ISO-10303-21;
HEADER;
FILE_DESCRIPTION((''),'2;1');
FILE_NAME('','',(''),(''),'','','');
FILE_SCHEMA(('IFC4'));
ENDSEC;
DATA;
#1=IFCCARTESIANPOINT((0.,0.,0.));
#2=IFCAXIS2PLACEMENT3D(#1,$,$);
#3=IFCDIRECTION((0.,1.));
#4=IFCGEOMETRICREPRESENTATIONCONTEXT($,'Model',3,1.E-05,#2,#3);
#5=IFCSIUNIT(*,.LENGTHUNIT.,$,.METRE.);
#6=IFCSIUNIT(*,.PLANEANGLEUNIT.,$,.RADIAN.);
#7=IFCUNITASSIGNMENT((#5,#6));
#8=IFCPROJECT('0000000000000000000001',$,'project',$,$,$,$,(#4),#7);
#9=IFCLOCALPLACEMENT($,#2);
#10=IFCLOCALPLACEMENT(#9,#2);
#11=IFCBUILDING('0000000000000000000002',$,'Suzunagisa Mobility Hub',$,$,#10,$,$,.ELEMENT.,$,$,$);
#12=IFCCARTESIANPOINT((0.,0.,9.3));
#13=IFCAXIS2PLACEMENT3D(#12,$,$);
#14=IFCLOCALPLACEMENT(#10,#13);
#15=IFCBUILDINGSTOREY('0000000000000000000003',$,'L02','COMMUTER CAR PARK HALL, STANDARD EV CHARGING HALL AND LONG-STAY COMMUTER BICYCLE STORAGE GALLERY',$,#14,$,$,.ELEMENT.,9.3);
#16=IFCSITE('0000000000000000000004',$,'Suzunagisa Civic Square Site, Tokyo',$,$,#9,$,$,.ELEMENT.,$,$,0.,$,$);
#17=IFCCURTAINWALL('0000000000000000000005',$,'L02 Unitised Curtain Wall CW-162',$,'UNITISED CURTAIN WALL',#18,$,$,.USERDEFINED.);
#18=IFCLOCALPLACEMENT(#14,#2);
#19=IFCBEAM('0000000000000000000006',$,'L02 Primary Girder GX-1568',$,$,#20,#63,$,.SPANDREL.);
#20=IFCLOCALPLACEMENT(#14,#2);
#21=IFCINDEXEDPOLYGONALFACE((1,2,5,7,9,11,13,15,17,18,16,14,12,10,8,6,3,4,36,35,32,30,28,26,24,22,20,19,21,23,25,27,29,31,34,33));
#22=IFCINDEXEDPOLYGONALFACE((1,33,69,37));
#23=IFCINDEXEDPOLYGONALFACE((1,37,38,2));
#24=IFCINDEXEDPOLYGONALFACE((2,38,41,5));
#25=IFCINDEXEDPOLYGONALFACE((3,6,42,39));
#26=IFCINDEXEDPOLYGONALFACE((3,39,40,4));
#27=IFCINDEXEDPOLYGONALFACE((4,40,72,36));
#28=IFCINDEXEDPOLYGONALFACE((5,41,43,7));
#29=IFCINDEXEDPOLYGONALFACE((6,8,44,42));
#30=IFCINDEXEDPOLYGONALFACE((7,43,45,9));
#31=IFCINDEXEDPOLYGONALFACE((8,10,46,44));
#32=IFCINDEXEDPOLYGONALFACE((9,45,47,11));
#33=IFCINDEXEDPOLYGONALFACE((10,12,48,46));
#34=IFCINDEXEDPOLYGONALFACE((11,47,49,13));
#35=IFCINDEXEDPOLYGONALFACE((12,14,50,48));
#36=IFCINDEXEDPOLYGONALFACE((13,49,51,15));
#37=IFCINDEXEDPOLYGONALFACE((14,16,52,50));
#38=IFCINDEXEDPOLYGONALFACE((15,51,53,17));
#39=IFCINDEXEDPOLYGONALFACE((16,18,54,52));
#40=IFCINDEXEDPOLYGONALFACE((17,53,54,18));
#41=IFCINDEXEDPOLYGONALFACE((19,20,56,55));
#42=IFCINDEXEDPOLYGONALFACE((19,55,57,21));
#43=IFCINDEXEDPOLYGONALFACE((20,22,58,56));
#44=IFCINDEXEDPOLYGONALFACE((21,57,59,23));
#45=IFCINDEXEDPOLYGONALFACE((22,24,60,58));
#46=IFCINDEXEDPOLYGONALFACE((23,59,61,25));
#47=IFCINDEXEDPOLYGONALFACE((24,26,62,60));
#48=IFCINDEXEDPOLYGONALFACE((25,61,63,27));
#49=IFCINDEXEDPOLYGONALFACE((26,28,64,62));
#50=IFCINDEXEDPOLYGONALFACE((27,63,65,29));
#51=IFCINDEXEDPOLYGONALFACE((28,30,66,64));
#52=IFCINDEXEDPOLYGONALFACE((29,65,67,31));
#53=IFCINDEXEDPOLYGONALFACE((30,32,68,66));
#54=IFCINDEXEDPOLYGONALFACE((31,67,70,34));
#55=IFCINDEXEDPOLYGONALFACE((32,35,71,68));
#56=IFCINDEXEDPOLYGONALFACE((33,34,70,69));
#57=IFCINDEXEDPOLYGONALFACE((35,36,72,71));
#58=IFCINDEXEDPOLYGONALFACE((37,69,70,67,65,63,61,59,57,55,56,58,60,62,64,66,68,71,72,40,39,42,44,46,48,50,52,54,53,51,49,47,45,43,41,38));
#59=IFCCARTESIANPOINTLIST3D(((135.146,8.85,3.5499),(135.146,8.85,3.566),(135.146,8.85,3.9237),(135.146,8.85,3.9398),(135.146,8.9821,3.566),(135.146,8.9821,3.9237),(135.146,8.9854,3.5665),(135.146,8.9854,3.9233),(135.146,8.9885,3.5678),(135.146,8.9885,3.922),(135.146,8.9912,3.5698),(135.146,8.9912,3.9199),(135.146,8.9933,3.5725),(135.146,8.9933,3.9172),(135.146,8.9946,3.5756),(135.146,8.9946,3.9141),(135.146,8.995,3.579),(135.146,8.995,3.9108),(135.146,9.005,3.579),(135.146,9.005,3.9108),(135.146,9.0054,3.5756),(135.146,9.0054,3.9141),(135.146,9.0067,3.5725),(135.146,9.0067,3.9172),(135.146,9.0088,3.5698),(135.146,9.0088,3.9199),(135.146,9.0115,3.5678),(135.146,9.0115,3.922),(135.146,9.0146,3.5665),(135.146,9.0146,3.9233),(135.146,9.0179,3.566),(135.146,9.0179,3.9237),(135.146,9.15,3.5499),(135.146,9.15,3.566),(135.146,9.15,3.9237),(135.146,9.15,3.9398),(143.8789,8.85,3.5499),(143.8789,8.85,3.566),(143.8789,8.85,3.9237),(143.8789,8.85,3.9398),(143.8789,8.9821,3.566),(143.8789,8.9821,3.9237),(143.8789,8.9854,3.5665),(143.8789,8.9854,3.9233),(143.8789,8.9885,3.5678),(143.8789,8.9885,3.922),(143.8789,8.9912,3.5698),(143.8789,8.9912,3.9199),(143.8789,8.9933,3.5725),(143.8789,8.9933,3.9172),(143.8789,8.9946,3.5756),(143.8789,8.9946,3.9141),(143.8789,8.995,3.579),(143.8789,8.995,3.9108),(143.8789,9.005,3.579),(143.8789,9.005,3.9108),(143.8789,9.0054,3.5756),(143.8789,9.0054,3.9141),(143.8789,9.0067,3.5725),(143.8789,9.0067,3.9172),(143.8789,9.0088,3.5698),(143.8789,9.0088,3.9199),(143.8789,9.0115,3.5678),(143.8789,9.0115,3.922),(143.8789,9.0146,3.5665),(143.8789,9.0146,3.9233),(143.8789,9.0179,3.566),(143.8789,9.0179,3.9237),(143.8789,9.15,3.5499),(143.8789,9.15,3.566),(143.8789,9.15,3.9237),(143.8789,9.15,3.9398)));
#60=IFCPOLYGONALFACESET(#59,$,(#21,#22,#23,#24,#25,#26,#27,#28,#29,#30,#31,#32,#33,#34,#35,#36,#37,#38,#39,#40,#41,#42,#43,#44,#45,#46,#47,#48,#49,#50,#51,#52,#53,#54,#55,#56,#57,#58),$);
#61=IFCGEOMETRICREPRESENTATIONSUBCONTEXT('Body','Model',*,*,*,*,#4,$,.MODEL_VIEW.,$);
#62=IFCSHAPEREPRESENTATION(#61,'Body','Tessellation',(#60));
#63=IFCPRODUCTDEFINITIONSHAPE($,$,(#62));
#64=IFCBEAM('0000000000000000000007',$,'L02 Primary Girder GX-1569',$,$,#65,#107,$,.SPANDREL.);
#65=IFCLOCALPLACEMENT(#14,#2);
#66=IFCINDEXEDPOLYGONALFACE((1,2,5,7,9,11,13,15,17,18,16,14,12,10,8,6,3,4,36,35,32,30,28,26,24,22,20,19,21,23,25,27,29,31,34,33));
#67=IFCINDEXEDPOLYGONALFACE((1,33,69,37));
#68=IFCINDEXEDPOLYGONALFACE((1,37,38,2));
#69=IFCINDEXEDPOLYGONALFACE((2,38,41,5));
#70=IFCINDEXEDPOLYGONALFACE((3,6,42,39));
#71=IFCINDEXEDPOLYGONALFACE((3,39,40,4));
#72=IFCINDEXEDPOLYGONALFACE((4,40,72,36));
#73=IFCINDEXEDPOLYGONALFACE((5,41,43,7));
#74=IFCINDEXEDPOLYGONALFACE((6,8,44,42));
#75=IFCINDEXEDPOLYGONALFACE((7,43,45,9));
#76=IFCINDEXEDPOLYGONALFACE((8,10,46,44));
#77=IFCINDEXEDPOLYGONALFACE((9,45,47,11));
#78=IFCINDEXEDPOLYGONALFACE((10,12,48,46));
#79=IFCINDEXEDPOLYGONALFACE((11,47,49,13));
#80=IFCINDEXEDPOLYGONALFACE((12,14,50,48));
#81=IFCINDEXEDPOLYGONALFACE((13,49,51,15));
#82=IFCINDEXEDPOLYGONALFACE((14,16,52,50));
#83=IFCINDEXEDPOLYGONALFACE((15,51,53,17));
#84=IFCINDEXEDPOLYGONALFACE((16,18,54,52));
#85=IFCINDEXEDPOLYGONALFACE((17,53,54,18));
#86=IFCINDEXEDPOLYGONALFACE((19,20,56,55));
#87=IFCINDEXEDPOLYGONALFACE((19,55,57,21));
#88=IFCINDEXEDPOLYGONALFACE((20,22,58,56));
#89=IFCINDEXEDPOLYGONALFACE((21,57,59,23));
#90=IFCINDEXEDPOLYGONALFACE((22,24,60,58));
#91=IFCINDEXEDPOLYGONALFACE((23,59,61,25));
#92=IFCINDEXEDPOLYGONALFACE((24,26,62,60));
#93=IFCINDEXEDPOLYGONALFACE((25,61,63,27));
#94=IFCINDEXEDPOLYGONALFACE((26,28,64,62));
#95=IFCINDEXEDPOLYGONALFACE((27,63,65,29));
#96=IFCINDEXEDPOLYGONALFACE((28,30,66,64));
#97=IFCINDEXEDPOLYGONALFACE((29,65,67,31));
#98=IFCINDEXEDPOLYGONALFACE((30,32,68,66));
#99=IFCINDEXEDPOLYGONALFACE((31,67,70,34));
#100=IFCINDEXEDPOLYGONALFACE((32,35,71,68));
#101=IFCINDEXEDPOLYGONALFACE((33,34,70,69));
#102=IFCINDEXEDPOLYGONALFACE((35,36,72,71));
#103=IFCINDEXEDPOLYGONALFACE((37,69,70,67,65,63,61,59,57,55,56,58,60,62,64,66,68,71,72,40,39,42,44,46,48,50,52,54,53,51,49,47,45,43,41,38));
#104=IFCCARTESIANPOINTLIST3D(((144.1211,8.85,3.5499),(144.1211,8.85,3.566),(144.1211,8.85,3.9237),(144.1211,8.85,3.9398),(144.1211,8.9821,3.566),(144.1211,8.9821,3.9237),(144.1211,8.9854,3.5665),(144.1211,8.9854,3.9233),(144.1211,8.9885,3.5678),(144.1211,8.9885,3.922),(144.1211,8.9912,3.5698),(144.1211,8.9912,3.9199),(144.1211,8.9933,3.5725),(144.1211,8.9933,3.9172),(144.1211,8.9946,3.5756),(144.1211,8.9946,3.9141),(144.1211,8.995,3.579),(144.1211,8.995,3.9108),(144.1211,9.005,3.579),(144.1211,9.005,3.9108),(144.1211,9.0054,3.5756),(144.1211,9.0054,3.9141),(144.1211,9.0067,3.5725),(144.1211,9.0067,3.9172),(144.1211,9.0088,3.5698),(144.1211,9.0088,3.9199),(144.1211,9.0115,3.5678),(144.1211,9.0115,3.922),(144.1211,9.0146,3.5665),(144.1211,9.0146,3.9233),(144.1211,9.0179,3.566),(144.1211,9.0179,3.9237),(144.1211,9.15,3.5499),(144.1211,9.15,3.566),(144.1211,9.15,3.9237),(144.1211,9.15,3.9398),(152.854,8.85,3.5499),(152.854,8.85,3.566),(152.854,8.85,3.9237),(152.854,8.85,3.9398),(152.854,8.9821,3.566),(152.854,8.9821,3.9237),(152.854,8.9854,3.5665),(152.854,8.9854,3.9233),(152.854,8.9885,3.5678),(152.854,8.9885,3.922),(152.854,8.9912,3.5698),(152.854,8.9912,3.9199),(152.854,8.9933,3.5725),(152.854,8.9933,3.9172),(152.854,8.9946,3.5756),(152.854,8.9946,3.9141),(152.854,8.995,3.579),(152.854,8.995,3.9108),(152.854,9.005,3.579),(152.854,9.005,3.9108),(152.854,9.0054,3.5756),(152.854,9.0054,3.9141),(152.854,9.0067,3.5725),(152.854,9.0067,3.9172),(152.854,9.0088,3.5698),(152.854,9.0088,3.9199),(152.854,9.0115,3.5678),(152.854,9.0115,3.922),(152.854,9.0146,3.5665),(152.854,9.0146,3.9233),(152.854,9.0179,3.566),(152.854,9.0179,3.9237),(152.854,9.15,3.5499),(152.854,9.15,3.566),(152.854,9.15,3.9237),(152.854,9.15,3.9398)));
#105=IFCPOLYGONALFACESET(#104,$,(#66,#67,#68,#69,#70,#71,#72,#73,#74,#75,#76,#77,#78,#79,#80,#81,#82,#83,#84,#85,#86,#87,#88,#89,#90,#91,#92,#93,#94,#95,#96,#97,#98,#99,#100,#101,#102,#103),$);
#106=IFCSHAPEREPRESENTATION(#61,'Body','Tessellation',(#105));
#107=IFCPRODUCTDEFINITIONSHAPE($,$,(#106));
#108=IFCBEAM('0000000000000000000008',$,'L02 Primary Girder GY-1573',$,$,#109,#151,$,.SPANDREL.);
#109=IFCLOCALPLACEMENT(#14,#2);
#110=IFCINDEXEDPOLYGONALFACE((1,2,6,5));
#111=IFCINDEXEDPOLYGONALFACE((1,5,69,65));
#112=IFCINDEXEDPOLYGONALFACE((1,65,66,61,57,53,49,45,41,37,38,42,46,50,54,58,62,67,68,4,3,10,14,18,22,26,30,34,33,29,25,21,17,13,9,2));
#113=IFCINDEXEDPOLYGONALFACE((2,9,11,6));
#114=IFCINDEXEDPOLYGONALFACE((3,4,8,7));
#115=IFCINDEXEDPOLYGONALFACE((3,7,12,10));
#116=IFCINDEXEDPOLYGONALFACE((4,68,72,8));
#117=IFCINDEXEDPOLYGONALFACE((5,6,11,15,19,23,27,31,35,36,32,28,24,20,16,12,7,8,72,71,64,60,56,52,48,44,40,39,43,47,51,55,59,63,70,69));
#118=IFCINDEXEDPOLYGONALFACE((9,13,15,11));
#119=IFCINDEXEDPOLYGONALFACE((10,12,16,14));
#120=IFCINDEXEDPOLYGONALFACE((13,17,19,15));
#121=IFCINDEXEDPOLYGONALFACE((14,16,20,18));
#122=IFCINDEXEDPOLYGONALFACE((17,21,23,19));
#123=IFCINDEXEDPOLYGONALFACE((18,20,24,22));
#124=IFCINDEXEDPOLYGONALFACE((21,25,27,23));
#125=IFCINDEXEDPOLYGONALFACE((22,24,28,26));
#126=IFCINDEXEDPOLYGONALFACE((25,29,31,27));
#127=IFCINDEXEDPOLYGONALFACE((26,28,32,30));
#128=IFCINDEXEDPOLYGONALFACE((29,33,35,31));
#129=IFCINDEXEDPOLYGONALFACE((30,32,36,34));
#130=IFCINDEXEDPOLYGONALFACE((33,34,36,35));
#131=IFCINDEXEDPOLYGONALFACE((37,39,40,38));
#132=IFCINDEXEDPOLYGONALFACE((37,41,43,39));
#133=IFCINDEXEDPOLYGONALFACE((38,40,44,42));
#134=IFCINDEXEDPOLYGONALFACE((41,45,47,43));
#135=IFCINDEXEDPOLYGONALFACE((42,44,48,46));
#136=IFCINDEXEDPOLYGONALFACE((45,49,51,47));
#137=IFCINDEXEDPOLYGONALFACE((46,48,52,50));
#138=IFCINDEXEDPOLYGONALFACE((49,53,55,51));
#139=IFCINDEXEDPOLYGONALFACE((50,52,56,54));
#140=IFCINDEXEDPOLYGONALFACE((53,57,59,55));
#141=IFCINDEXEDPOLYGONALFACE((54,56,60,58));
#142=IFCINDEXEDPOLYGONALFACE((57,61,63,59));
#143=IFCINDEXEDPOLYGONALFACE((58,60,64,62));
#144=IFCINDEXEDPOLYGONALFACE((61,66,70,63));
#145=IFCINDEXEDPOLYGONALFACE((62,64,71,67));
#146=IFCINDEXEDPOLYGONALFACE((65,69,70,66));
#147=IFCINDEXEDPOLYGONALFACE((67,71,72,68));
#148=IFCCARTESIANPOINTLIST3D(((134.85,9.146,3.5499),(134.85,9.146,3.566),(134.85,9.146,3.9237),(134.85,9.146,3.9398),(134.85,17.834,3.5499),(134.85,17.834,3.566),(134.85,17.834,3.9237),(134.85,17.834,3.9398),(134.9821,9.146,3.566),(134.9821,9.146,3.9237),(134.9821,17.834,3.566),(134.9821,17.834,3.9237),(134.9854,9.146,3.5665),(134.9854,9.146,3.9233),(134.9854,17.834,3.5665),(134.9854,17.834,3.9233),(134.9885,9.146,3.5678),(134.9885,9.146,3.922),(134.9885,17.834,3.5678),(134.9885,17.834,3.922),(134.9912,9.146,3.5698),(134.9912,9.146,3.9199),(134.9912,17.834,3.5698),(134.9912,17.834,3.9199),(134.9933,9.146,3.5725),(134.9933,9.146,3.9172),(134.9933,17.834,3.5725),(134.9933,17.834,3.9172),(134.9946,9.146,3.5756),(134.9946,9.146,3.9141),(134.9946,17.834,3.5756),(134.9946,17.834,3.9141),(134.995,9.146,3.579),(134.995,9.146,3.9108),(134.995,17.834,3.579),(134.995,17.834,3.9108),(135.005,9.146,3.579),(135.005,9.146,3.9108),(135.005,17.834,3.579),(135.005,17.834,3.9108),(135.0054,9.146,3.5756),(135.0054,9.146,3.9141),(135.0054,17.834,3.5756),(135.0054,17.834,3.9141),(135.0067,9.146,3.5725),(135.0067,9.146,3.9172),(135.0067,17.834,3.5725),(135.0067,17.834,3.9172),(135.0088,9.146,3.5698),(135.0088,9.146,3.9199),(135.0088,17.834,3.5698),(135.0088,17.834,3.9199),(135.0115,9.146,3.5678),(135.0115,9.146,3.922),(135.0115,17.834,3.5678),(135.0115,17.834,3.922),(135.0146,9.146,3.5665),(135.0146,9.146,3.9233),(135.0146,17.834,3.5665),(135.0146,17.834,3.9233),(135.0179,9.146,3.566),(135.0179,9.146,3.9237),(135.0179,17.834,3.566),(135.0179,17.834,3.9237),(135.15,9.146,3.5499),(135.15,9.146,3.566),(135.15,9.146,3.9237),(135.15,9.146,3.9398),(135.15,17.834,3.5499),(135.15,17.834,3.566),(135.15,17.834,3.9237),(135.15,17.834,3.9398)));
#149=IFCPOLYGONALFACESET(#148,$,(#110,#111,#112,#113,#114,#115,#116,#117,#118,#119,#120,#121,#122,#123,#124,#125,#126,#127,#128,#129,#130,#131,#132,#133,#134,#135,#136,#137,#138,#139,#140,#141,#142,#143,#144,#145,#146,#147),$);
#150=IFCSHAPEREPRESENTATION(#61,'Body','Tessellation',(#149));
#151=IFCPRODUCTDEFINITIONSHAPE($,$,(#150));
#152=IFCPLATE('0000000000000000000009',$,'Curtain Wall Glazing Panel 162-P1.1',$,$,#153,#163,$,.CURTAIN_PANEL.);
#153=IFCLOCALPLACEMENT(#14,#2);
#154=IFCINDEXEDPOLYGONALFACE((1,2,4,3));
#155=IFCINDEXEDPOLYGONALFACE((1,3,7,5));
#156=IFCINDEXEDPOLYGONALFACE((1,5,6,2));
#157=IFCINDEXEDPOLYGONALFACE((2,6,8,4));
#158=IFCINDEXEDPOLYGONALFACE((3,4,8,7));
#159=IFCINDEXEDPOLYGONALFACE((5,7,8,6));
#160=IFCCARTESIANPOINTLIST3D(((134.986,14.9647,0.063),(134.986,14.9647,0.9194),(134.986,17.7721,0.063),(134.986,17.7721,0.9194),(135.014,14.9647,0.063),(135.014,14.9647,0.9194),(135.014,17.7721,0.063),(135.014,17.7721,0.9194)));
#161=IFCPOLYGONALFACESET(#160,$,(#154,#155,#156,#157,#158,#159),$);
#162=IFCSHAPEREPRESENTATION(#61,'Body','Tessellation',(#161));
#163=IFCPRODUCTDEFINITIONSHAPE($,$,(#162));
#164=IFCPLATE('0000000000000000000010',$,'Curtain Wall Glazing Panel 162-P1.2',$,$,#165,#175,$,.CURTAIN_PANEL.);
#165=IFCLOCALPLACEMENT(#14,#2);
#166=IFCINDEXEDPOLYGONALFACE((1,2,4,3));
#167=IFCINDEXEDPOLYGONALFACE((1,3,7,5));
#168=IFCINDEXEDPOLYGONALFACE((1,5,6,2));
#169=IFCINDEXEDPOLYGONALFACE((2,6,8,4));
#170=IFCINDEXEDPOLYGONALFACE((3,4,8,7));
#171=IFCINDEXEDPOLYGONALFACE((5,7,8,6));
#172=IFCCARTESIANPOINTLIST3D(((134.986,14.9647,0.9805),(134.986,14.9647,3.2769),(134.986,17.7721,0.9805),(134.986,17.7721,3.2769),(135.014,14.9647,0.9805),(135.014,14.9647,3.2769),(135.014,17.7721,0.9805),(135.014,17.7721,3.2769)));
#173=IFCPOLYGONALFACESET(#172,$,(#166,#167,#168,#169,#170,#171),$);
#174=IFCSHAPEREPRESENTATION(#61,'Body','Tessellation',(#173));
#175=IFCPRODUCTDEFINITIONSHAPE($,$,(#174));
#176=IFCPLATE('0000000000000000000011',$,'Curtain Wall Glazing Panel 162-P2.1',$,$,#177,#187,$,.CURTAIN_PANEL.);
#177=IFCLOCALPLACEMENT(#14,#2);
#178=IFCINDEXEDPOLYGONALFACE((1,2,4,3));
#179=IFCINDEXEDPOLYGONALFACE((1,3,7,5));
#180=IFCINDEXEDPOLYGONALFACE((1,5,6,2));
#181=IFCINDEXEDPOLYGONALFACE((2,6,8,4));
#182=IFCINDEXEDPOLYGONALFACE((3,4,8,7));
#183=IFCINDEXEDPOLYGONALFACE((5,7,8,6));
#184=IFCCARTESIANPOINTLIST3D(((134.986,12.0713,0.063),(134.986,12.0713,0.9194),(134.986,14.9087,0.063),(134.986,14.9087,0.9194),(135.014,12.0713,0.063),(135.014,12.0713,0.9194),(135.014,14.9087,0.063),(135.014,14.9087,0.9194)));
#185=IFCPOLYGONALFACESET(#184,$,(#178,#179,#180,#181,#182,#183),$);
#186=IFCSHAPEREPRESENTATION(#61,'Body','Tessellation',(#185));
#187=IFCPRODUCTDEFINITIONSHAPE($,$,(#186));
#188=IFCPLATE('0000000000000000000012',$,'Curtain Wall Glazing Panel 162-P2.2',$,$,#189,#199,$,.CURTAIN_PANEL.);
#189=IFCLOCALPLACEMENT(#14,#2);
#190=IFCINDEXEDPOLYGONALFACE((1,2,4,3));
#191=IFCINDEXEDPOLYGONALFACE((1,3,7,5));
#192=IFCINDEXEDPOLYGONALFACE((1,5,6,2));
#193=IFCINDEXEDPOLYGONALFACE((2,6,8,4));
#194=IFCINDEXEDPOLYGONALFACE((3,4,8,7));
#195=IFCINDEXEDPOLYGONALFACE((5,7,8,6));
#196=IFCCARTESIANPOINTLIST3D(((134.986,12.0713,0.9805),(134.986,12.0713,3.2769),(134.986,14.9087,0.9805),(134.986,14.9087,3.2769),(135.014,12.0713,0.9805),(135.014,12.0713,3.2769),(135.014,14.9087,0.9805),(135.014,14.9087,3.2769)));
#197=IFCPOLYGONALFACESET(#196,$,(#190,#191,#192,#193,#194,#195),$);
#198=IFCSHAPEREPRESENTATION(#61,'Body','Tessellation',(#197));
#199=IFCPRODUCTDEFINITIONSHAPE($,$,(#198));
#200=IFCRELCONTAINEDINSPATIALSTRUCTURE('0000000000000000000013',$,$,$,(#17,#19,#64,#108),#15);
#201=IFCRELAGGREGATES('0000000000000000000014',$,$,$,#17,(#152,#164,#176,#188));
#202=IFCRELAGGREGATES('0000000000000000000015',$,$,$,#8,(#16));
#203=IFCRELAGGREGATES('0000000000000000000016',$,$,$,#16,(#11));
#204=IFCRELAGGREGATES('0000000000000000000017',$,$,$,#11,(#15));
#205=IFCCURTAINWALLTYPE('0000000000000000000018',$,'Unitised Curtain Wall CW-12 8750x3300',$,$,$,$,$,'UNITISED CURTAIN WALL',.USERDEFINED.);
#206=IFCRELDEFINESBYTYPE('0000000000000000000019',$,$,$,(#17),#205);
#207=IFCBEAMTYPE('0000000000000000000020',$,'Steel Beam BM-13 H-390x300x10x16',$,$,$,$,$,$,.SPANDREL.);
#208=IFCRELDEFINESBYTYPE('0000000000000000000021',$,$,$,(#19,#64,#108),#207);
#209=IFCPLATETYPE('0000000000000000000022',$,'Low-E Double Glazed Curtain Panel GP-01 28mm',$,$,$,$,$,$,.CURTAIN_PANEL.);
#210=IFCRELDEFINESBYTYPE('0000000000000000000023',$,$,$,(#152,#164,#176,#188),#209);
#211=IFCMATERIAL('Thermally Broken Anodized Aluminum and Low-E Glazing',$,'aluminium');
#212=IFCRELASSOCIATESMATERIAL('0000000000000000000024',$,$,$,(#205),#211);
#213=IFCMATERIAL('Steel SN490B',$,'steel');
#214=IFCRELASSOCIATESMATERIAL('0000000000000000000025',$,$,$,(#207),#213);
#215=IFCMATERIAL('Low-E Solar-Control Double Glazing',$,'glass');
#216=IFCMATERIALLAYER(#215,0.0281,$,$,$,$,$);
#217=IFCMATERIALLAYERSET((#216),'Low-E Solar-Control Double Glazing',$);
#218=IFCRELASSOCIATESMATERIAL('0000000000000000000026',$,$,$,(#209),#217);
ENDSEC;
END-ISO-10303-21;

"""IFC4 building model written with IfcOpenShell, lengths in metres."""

from ifc_helpers import new_model, si_unit, direction, frame, origin, origin_2d, place, context, subcontext, project, spatial, rectangle, i_section, extrude, material, layer, layer_set, material_profile, profile_set, type_object, element, aggregate, save


model = new_model("IFC4")

# Units and contexts
model_context = context("Model", 3, precision=1e-05, world=origin(), true_north=direction((0.0, 1.0)))
body_context = subcontext(model_context, "Body", "Model", "MODEL_VIEW")
ifc_project = project(units=[si_unit("LENGTHUNIT", "METRE"), si_unit("PLANEANGLEUNIT", "RADIAN")], contexts=[model_context])

# Site, building, storey
site_placement = place(None, origin())
site = spatial("IfcSite", under=ifc_project, at=site_placement, Name="Suzunagisa Civic Square Site, Tokyo", CompositionType="ELEMENT", RefElevation=0.0)
building_placement = place(site_placement, origin())
building = spatial("IfcBuilding", under=site, at=building_placement, Name="Suzunagisa Mobility Hub", CompositionType="ELEMENT")
storey_placement = place(building_placement, frame((0.0, 0.0, 9.3)))
storey = spatial("IfcBuildingStorey", under=building, at=storey_placement, Name="L02", Description="COMMUTER CAR PARK HALL, STANDARD EV CHARGING HALL AND LONG-STAY COMMUTER BICYCLE STORAGE GALLERY", CompositionType="ELEMENT", Elevation=9.3)

# Shared definitions
ifc_material_1 = material(Name="Steel SN490B", Category="steel")

# Curtain wall
ifc_material_2 = material(Name="Thermally Broken Anodized Aluminum and Low-E Glazing", Category="aluminium")
curtain_wall_type = type_object("IfcCurtainWallType", Name="Unitised Curtain Wall CW-12 8750x3300", ElementType="UNITISED CURTAIN WALL", PredefinedType="USERDEFINED", material=ifc_material_2)
curtain_wall_placement = place(storey_placement, origin())
curtain_wall = element("IfcCurtainWall", 1, at=curtain_wall_placement, inside=storey, type_object=curtain_wall_type, Name="L02 Unitised Curtain Wall CW-162", ObjectType="UNITISED CURTAIN WALL", PredefinedType="USERDEFINED")

# Beams
ifc_material_profile_1 = material_profile(ifc_material_1, i_section(OverallWidth=0.3, OverallDepth=0.3899, WebThickness=0.01, FlangeThickness=0.0161, FilletRadius=0.0129, at=origin_2d()), Name="H-390x300x10x16")
ifc_profile_set_1 = profile_set([ifc_material_profile_1], Name="Steel SN490B")
beam_type_1 = type_object("IfcBeamType", Name="Steel Beam BM-13 H-390x300x10x16", PredefinedType="SPANDREL", material=ifc_profile_set_1)
for number, where, z_axis, x_axis, name in (
    (2, (135.146, 9.0, 3.7449), (1.0, 0.0, 0.0), (0.0, 1.0, 0.0), "L02 Primary Girder GX-1568"),
    (3, (144.1211, 9.0, 3.7449), (1.0, 0.0, 0.0), (0.0, 1.0, 0.0), "L02 Primary Girder GX-1569"),
):
    element("IfcBeam", number, at=place(storey_placement, frame(where, z_axis=z_axis, x_axis=x_axis)), inside=storey, type_object=beam_type_1, Name=name, PredefinedType="SPANDREL", context=body_context, shape_type="SweptSolid", body=[
        extrude(i_section(OverallWidth=0.3, OverallDepth=0.3899, WebThickness=0.01, FlangeThickness=0.0161, FilletRadius=0.0129, at=origin_2d()), origin(), (0.0, 0.0, 1.0), 8.7329),
    ])
beam_1_placement = place(storey_placement, frame((135.0, 9.146, 3.7449), z_axis=(0.0, 1.0, 0.0), x_axis=(-1.0, 0.0, 0.0)))
element("IfcBeam", 4, at=beam_1_placement, inside=storey, type_object=beam_type_1, Name="L02 Primary Girder GY-1573", PredefinedType="SPANDREL", context=body_context, shape_type="SweptSolid", body=[
    extrude(i_section(OverallWidth=0.3, OverallDepth=0.3899, WebThickness=0.01, FlangeThickness=0.0161, FilletRadius=0.0129, at=origin_2d()), origin(), (0.0, 0.0, 1.0), 8.688),
])

# Plates
ifc_material_3 = material(Name="Low-E Solar-Control Double Glazing", Category="glass")
ifc_layer_1 = layer(ifc_material_3, 0.0281)
ifc_layer_set_1 = layer_set([ifc_layer_1], Name="Low-E Solar-Control Double Glazing")
plate_type_1 = type_object("IfcPlateType", Name="Low-E Double Glazed Curtain Panel GP-01 28mm", PredefinedType="CURTAIN_PANEL", material=ifc_layer_set_1)
plate_1_placement = place(storey_placement, frame((135.0, 16.3684, 0.063), z_axis=(0.0, 0.0, 1.0), x_axis=(0.0, -1.0, 0.0)))
plate_1 = element("IfcPlate", 5, at=plate_1_placement, type_object=plate_type_1, Name="Curtain Wall Glazing Panel 162-P1.1", PredefinedType="CURTAIN_PANEL", context=body_context, shape_type="SweptSolid", body=[
    extrude(rectangle(XDim=2.8074, YDim=0.0281, at=origin_2d()), origin(), (0.0, 0.0, 1.0), 0.8564),
])
plate_2_placement = place(storey_placement, frame((135.0, 16.3684, 0.9805), z_axis=(0.0, 0.0, 1.0), x_axis=(0.0, -1.0, 0.0)))
plate_2 = element("IfcPlate", 6, at=plate_2_placement, type_object=plate_type_1, Name="Curtain Wall Glazing Panel 162-P1.2", PredefinedType="CURTAIN_PANEL", context=body_context, shape_type="SweptSolid", body=[
    extrude(rectangle(XDim=2.8074, YDim=0.0281, at=origin_2d()), origin(), (0.0, 0.0, 1.0), 2.2964),
])
plate_3_placement = place(storey_placement, frame((135.0, 13.49, 0.063), z_axis=(0.0, 0.0, 1.0), x_axis=(0.0, -1.0, 0.0)))
plate_3 = element("IfcPlate", 7, at=plate_3_placement, type_object=plate_type_1, Name="Curtain Wall Glazing Panel 162-P2.1", PredefinedType="CURTAIN_PANEL", context=body_context, shape_type="SweptSolid", body=[
    extrude(rectangle(XDim=2.8374, YDim=0.0281, at=origin_2d()), origin(), (0.0, 0.0, 1.0), 0.8564),
])
plate_4_placement = place(storey_placement, frame((135.0, 13.49, 0.9805), z_axis=(0.0, 0.0, 1.0), x_axis=(0.0, -1.0, 0.0)))
plate_4 = element("IfcPlate", 8, at=plate_4_placement, type_object=plate_type_1, Name="Curtain Wall Glazing Panel 162-P2.2", PredefinedType="CURTAIN_PANEL", context=body_context, shape_type="SweptSolid", body=[
    extrude(rectangle(XDim=2.8374, YDim=0.0281, at=origin_2d()), origin(), (0.0, 0.0, 1.0), 2.2964),
])
aggregate(curtain_wall, [plate_1, plate_2, plate_3, plate_4])

save(model, "model.ifc")
